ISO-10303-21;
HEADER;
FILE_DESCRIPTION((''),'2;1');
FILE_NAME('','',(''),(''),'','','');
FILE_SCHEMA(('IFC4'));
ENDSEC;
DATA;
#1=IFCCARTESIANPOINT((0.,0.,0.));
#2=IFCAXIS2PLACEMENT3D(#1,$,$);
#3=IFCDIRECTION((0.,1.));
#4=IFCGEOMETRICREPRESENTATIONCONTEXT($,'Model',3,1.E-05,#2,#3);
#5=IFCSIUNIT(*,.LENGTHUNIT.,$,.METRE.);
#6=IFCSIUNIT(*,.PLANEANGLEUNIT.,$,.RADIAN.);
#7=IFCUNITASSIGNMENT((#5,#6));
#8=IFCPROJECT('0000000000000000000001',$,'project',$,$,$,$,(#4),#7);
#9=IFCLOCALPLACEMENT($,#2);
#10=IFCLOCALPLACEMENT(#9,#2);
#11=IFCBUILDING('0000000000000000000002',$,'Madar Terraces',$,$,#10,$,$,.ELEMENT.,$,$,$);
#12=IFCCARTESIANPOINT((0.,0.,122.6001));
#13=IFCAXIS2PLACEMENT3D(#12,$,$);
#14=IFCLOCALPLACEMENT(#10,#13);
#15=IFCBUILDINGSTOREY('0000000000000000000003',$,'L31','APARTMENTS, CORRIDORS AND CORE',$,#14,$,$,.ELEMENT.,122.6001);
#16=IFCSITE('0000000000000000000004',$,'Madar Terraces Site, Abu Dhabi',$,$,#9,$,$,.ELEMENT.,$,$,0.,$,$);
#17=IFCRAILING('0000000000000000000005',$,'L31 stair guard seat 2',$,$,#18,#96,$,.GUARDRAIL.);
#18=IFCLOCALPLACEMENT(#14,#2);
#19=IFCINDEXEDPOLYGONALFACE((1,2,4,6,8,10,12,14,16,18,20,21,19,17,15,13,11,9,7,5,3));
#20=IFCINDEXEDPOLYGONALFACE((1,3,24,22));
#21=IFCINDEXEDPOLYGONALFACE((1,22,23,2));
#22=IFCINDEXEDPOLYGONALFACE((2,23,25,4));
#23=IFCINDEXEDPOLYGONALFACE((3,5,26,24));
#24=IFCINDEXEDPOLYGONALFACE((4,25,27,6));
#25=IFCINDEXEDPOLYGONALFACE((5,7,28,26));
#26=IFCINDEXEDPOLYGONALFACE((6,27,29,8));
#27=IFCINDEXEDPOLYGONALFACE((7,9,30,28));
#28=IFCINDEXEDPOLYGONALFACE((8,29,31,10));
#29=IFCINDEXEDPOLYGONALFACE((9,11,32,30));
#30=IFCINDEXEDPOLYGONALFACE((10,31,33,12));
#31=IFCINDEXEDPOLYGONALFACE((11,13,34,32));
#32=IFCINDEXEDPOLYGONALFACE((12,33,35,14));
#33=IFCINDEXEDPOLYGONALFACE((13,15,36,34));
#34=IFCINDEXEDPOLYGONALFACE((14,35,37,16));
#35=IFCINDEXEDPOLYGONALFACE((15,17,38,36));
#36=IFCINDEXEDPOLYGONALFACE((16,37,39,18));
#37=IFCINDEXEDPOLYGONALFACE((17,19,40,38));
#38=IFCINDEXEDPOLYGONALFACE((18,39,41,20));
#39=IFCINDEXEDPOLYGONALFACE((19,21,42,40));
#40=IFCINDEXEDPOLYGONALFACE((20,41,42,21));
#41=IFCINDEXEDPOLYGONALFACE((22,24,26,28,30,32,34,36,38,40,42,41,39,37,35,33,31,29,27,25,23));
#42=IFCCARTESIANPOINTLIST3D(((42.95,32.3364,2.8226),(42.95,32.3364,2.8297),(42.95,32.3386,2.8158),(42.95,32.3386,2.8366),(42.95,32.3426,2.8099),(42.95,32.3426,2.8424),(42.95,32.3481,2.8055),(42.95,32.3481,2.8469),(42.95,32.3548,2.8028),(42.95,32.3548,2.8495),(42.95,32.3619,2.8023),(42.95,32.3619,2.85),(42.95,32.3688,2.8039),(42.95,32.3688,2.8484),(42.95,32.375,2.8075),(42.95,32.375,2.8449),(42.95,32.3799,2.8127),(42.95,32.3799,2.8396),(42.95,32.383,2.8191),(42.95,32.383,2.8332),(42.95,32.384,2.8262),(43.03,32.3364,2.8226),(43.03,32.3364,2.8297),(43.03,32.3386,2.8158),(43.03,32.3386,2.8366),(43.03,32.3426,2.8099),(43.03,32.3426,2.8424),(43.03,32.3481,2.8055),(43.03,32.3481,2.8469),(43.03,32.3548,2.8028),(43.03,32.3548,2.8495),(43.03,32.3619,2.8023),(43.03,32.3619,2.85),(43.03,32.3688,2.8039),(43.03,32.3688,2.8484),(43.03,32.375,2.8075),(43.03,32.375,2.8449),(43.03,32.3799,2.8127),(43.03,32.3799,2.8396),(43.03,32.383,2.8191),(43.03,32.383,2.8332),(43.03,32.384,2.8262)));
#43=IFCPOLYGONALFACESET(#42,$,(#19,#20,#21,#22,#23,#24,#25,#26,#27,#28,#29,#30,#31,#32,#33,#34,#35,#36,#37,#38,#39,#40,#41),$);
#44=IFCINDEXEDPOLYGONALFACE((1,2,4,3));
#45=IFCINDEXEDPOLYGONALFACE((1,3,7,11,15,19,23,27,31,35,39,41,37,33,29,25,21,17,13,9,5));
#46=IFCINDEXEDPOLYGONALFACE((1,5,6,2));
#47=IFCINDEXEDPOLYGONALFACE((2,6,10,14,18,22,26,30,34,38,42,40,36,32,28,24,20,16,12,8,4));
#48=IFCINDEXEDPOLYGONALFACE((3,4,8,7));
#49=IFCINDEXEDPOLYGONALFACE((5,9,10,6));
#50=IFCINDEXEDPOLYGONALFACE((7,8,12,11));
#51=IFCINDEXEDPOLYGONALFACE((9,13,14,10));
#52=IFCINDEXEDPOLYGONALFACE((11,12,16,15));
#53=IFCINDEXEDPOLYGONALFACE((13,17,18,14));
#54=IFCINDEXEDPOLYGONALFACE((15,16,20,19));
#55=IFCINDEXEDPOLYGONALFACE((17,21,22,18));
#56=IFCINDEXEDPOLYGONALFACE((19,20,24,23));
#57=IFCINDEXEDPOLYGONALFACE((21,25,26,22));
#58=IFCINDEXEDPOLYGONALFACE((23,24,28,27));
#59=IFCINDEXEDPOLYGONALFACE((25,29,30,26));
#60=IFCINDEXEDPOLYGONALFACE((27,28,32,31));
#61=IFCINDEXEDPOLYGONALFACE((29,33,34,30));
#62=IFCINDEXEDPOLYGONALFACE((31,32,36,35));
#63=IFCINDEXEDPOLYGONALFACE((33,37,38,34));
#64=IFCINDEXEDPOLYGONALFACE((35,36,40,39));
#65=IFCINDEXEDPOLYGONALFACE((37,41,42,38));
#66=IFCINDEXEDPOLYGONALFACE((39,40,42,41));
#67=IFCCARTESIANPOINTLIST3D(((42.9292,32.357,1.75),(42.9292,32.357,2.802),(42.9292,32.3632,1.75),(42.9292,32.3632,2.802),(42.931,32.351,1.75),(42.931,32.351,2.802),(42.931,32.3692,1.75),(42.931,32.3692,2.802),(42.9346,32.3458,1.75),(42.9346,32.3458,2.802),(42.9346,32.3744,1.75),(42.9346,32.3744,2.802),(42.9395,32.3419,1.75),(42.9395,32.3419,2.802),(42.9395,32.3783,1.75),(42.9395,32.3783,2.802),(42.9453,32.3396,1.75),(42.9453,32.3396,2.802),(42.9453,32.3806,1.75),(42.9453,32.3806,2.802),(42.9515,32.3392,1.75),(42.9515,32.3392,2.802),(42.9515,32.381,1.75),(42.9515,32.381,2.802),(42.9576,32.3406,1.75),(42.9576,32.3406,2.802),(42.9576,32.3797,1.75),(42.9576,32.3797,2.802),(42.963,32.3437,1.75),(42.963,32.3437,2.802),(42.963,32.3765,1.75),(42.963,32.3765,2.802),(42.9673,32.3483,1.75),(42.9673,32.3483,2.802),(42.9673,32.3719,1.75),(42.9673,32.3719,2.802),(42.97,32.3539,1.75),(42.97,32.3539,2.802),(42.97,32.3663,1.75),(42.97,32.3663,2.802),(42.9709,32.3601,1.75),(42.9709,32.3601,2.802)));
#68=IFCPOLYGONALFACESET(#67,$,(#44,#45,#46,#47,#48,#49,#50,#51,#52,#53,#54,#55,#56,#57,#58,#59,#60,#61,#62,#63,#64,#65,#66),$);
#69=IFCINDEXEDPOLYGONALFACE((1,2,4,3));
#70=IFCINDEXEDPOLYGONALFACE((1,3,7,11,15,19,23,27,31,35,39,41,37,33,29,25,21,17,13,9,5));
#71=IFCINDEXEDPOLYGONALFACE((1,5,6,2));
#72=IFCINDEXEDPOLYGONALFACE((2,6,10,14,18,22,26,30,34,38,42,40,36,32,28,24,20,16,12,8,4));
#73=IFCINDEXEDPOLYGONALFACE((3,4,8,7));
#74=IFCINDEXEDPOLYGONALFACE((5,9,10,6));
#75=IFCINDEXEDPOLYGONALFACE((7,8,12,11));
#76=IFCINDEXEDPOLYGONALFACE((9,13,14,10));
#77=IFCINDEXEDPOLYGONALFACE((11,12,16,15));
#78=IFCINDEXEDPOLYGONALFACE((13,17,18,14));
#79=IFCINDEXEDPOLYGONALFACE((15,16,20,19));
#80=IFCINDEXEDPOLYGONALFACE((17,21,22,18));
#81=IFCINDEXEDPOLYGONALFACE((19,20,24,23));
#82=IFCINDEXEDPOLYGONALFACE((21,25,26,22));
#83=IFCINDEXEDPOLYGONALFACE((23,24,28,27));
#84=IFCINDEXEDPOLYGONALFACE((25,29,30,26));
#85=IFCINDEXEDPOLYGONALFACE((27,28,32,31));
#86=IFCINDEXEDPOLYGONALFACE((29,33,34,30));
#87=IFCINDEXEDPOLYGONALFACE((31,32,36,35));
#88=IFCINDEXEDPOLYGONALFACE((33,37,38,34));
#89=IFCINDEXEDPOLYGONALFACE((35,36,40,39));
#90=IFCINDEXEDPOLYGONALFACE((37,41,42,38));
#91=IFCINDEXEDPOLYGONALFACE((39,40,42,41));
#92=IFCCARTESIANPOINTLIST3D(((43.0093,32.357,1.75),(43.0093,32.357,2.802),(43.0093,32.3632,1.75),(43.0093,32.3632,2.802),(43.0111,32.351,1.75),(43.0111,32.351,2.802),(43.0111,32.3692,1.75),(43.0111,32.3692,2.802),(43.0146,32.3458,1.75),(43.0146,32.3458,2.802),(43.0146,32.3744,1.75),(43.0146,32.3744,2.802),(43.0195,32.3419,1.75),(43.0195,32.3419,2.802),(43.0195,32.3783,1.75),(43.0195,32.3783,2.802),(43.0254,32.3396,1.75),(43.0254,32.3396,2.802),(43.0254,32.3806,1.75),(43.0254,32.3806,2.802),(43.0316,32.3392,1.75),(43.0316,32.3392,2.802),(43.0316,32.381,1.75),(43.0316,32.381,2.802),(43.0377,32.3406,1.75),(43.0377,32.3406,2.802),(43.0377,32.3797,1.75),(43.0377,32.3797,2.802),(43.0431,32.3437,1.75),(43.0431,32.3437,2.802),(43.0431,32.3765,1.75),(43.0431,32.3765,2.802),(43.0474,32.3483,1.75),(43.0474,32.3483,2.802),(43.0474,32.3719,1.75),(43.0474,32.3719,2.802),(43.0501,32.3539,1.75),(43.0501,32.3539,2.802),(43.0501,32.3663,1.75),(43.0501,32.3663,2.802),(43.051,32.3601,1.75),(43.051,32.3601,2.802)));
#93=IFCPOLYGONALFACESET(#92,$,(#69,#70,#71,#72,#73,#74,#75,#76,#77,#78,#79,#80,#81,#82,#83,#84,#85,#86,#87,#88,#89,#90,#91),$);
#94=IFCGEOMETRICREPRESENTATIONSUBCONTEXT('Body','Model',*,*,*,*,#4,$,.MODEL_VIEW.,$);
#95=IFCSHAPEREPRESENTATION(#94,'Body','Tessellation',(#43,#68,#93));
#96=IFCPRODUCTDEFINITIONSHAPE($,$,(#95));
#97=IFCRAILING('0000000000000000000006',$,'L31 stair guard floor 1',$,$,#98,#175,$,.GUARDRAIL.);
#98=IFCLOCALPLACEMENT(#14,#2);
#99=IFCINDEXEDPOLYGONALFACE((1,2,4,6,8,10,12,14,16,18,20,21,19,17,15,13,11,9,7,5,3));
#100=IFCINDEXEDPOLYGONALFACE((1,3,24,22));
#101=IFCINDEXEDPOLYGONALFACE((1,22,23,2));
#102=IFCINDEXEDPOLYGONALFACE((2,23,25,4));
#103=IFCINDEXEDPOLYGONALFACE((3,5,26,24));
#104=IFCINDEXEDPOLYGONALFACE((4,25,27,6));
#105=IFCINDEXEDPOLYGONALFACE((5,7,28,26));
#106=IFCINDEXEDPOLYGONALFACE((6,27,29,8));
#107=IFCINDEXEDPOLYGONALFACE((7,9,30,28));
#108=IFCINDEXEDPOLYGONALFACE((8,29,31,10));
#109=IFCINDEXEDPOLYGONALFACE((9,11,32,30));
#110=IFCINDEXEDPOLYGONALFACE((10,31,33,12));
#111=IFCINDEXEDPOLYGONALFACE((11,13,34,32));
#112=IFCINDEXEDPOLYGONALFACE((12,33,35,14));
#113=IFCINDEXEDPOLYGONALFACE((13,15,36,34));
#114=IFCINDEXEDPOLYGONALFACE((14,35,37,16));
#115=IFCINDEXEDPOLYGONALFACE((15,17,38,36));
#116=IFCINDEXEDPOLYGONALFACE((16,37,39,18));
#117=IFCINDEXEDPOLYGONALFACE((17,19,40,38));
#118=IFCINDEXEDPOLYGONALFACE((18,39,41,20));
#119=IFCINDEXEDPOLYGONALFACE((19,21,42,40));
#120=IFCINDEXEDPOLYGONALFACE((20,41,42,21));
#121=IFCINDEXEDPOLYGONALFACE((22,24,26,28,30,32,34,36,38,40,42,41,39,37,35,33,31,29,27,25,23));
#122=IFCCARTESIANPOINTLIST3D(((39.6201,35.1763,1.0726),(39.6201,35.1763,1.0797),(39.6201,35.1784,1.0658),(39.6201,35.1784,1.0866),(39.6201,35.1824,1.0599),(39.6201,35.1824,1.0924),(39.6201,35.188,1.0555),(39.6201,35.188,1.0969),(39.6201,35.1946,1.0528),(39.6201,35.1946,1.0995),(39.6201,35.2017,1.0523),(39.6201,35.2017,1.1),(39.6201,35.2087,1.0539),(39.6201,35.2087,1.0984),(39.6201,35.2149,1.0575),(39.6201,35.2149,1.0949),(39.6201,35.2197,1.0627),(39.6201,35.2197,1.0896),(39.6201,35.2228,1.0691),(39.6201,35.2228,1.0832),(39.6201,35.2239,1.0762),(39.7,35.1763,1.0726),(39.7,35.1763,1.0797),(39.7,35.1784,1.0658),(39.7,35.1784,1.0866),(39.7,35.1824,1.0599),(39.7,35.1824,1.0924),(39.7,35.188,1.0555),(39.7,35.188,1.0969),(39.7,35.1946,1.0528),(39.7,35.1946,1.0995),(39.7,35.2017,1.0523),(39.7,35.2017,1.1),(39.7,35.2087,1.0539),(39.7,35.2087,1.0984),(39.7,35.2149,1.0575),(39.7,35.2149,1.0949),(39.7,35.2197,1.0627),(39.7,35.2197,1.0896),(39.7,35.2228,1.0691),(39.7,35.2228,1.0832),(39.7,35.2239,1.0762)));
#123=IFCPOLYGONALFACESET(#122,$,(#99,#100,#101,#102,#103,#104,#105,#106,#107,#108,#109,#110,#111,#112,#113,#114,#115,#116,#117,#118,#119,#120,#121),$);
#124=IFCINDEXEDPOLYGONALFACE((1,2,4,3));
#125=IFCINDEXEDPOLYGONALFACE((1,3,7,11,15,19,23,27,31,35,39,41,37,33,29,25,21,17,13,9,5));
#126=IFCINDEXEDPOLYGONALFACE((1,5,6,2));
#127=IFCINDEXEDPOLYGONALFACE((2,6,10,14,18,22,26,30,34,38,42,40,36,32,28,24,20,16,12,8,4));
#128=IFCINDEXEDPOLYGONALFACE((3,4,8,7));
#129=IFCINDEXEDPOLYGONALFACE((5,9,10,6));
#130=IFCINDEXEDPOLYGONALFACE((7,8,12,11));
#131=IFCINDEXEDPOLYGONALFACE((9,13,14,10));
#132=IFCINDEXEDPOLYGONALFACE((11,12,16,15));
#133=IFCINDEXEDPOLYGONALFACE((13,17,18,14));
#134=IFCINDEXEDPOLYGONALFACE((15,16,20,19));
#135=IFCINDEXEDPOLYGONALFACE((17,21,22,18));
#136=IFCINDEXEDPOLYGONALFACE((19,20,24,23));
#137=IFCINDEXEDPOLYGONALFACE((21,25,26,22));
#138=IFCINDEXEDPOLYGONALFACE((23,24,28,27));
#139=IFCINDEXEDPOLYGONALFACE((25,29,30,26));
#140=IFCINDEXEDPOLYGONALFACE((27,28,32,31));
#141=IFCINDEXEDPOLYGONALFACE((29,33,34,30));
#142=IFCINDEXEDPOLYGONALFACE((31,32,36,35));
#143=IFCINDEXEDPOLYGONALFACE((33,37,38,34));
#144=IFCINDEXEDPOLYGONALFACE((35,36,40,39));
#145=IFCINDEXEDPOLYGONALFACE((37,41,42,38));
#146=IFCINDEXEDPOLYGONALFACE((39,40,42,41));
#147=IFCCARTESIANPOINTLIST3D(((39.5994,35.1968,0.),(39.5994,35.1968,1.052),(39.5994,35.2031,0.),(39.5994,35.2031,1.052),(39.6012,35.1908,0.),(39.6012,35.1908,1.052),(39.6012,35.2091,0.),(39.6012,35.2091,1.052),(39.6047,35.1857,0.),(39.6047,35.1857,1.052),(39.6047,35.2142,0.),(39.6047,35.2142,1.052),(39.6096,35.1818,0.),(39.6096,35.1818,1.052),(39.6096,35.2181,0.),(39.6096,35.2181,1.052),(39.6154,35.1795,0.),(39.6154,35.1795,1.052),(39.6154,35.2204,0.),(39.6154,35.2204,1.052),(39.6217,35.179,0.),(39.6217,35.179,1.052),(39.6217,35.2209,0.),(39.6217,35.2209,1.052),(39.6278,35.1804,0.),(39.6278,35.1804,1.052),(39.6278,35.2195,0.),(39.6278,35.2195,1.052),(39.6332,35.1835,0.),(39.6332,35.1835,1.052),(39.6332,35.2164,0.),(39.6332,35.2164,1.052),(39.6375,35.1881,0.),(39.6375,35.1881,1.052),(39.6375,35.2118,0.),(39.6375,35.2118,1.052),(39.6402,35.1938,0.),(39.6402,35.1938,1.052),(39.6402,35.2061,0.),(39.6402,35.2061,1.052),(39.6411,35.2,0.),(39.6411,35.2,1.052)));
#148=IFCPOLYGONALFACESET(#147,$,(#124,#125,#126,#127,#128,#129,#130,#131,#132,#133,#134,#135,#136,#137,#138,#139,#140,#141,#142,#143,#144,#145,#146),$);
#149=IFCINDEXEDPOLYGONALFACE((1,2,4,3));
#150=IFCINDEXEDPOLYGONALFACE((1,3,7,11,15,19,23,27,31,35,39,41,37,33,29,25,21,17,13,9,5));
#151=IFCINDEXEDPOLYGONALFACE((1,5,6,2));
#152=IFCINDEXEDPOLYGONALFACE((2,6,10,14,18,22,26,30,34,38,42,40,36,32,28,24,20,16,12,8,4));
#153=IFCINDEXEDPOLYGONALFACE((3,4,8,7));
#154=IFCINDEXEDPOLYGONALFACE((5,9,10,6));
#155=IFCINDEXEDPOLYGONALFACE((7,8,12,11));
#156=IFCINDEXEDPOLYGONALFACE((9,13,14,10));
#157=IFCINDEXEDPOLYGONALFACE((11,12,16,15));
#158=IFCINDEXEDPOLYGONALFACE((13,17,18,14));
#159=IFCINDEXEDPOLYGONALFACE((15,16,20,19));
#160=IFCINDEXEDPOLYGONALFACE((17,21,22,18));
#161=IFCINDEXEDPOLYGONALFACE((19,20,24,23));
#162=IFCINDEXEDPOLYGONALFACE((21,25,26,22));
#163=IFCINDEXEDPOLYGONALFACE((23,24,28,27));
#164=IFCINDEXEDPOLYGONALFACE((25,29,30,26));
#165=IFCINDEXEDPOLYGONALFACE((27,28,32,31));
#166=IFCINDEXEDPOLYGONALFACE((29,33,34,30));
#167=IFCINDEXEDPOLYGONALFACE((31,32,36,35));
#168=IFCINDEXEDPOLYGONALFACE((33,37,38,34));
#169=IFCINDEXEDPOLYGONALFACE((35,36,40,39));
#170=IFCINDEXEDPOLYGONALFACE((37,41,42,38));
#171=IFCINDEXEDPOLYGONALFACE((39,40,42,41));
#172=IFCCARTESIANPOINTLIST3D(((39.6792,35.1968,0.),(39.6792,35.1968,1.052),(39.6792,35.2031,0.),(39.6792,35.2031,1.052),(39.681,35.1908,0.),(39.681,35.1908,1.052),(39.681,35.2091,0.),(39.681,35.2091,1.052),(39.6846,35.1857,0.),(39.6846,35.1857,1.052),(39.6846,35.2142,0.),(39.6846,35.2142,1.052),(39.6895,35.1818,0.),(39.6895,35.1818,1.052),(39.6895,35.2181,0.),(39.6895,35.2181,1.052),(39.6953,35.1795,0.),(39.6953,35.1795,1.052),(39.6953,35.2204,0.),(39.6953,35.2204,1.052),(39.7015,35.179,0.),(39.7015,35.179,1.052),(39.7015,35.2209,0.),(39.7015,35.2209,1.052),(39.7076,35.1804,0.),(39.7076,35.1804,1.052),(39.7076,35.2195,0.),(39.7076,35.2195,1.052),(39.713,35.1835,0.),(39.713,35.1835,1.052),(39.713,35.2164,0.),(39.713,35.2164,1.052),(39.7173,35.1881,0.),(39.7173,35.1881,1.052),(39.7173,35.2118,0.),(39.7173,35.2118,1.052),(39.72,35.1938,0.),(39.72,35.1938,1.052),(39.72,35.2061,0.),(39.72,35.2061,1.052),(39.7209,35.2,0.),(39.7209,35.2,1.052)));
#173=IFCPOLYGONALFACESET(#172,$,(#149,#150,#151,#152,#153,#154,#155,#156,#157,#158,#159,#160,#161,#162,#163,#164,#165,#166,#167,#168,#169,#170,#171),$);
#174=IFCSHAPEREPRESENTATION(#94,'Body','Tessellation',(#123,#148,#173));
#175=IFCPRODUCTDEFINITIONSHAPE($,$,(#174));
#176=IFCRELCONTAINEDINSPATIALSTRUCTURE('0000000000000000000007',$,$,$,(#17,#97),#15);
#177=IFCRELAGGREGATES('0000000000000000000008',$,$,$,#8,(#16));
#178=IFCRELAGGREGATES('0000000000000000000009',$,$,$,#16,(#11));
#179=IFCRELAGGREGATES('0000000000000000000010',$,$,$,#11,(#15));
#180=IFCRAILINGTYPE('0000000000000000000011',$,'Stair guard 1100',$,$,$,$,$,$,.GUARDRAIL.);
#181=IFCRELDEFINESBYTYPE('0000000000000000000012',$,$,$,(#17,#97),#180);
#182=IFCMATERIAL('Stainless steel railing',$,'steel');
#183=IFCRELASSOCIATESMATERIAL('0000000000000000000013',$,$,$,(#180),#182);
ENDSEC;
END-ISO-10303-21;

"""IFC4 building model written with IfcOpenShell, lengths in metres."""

from ifc_helpers import new_model, si_unit, direction, frame, origin, origin_2d, place, context, subcontext, project, spatial, circle, extrude, material, type_object, element, save


model = new_model("IFC4")

# Units and contexts
model_context = context("Model", 3, precision=1e-05, world=origin(), true_north=direction((0.0, 1.0)))
body_context = subcontext(model_context, "Body", "Model", "MODEL_VIEW")
ifc_project = project(units=[si_unit("LENGTHUNIT", "METRE"), si_unit("PLANEANGLEUNIT", "RADIAN")], contexts=[model_context])

# Site, building, storey
site_placement = place(None, origin())
site = spatial("IfcSite", under=ifc_project, at=site_placement, Name="Madar Terraces Site, Abu Dhabi", CompositionType="ELEMENT", RefElevation=0.0)
building_placement = place(site_placement, origin())
building = spatial("IfcBuilding", under=site, at=building_placement, Name="Madar Terraces", CompositionType="ELEMENT")
storey_placement = place(building_placement, frame((0.0, 0.0, 122.6001)))
storey = spatial("IfcBuildingStorey", under=building, at=storey_placement, Name="L31", Description="APARTMENTS, CORRIDORS AND CORE", CompositionType="ELEMENT", Elevation=122.6001)

# Railings
ifc_material_1 = material(Name="Stainless steel railing", Category="steel")
railing_type_1 = type_object("IfcRailingType", Name="Stair guard 1100", PredefinedType="GUARDRAIL", material=ifc_material_1)
railing_1_placement = place(storey_placement, frame((42.95, 32.3601, 1.75)))
element("IfcRailing", 1, at=railing_1_placement, inside=storey, type_object=railing_type_1, Name="L31 stair guard seat 2", PredefinedType="GUARDRAIL", context=body_context, shape_type="SweptSolid", body=[
    extrude(circle(Radius=0.0239, at=origin_2d()), frame((0.0, 0.0, 1.0762), z_axis=(1.0, 0.0, 0.0), x_axis=(0.0, 1.0, 0.0)), (0.0, 0.0, 1.0), 0.0801),
    extrude(circle(Radius=0.021, at=origin_2d()), origin(), (0.0, 0.0, 1.0), 1.052),
    extrude(circle(Radius=0.021, at=origin_2d()), frame((0.0801, 0.0, 0.0)), (0.0, 0.0, 1.0), 1.052),
])
railing_2_placement = place(storey_placement, frame((39.6201, 35.2, 0.0)))
element("IfcRailing", 2, at=railing_2_placement, inside=storey, type_object=railing_type_1, Name="L31 stair guard floor 1", PredefinedType="GUARDRAIL", context=body_context, shape_type="SweptSolid", body=[
    extrude(circle(Radius=0.0239, at=origin_2d()), frame((0.0, 0.0, 1.0762), z_axis=(1.0, 0.0, 0.0), x_axis=(0.0, 1.0, 0.0)), (0.0, 0.0, 1.0), 0.0798),
    extrude(circle(Radius=0.021, at=origin_2d()), origin(), (0.0, 0.0, 1.0), 1.052),
    extrude(circle(Radius=0.021, at=origin_2d()), frame((0.0798, 0.0, 0.0)), (0.0, 0.0, 1.0), 1.052),
])

save(model, "model.ifc")
